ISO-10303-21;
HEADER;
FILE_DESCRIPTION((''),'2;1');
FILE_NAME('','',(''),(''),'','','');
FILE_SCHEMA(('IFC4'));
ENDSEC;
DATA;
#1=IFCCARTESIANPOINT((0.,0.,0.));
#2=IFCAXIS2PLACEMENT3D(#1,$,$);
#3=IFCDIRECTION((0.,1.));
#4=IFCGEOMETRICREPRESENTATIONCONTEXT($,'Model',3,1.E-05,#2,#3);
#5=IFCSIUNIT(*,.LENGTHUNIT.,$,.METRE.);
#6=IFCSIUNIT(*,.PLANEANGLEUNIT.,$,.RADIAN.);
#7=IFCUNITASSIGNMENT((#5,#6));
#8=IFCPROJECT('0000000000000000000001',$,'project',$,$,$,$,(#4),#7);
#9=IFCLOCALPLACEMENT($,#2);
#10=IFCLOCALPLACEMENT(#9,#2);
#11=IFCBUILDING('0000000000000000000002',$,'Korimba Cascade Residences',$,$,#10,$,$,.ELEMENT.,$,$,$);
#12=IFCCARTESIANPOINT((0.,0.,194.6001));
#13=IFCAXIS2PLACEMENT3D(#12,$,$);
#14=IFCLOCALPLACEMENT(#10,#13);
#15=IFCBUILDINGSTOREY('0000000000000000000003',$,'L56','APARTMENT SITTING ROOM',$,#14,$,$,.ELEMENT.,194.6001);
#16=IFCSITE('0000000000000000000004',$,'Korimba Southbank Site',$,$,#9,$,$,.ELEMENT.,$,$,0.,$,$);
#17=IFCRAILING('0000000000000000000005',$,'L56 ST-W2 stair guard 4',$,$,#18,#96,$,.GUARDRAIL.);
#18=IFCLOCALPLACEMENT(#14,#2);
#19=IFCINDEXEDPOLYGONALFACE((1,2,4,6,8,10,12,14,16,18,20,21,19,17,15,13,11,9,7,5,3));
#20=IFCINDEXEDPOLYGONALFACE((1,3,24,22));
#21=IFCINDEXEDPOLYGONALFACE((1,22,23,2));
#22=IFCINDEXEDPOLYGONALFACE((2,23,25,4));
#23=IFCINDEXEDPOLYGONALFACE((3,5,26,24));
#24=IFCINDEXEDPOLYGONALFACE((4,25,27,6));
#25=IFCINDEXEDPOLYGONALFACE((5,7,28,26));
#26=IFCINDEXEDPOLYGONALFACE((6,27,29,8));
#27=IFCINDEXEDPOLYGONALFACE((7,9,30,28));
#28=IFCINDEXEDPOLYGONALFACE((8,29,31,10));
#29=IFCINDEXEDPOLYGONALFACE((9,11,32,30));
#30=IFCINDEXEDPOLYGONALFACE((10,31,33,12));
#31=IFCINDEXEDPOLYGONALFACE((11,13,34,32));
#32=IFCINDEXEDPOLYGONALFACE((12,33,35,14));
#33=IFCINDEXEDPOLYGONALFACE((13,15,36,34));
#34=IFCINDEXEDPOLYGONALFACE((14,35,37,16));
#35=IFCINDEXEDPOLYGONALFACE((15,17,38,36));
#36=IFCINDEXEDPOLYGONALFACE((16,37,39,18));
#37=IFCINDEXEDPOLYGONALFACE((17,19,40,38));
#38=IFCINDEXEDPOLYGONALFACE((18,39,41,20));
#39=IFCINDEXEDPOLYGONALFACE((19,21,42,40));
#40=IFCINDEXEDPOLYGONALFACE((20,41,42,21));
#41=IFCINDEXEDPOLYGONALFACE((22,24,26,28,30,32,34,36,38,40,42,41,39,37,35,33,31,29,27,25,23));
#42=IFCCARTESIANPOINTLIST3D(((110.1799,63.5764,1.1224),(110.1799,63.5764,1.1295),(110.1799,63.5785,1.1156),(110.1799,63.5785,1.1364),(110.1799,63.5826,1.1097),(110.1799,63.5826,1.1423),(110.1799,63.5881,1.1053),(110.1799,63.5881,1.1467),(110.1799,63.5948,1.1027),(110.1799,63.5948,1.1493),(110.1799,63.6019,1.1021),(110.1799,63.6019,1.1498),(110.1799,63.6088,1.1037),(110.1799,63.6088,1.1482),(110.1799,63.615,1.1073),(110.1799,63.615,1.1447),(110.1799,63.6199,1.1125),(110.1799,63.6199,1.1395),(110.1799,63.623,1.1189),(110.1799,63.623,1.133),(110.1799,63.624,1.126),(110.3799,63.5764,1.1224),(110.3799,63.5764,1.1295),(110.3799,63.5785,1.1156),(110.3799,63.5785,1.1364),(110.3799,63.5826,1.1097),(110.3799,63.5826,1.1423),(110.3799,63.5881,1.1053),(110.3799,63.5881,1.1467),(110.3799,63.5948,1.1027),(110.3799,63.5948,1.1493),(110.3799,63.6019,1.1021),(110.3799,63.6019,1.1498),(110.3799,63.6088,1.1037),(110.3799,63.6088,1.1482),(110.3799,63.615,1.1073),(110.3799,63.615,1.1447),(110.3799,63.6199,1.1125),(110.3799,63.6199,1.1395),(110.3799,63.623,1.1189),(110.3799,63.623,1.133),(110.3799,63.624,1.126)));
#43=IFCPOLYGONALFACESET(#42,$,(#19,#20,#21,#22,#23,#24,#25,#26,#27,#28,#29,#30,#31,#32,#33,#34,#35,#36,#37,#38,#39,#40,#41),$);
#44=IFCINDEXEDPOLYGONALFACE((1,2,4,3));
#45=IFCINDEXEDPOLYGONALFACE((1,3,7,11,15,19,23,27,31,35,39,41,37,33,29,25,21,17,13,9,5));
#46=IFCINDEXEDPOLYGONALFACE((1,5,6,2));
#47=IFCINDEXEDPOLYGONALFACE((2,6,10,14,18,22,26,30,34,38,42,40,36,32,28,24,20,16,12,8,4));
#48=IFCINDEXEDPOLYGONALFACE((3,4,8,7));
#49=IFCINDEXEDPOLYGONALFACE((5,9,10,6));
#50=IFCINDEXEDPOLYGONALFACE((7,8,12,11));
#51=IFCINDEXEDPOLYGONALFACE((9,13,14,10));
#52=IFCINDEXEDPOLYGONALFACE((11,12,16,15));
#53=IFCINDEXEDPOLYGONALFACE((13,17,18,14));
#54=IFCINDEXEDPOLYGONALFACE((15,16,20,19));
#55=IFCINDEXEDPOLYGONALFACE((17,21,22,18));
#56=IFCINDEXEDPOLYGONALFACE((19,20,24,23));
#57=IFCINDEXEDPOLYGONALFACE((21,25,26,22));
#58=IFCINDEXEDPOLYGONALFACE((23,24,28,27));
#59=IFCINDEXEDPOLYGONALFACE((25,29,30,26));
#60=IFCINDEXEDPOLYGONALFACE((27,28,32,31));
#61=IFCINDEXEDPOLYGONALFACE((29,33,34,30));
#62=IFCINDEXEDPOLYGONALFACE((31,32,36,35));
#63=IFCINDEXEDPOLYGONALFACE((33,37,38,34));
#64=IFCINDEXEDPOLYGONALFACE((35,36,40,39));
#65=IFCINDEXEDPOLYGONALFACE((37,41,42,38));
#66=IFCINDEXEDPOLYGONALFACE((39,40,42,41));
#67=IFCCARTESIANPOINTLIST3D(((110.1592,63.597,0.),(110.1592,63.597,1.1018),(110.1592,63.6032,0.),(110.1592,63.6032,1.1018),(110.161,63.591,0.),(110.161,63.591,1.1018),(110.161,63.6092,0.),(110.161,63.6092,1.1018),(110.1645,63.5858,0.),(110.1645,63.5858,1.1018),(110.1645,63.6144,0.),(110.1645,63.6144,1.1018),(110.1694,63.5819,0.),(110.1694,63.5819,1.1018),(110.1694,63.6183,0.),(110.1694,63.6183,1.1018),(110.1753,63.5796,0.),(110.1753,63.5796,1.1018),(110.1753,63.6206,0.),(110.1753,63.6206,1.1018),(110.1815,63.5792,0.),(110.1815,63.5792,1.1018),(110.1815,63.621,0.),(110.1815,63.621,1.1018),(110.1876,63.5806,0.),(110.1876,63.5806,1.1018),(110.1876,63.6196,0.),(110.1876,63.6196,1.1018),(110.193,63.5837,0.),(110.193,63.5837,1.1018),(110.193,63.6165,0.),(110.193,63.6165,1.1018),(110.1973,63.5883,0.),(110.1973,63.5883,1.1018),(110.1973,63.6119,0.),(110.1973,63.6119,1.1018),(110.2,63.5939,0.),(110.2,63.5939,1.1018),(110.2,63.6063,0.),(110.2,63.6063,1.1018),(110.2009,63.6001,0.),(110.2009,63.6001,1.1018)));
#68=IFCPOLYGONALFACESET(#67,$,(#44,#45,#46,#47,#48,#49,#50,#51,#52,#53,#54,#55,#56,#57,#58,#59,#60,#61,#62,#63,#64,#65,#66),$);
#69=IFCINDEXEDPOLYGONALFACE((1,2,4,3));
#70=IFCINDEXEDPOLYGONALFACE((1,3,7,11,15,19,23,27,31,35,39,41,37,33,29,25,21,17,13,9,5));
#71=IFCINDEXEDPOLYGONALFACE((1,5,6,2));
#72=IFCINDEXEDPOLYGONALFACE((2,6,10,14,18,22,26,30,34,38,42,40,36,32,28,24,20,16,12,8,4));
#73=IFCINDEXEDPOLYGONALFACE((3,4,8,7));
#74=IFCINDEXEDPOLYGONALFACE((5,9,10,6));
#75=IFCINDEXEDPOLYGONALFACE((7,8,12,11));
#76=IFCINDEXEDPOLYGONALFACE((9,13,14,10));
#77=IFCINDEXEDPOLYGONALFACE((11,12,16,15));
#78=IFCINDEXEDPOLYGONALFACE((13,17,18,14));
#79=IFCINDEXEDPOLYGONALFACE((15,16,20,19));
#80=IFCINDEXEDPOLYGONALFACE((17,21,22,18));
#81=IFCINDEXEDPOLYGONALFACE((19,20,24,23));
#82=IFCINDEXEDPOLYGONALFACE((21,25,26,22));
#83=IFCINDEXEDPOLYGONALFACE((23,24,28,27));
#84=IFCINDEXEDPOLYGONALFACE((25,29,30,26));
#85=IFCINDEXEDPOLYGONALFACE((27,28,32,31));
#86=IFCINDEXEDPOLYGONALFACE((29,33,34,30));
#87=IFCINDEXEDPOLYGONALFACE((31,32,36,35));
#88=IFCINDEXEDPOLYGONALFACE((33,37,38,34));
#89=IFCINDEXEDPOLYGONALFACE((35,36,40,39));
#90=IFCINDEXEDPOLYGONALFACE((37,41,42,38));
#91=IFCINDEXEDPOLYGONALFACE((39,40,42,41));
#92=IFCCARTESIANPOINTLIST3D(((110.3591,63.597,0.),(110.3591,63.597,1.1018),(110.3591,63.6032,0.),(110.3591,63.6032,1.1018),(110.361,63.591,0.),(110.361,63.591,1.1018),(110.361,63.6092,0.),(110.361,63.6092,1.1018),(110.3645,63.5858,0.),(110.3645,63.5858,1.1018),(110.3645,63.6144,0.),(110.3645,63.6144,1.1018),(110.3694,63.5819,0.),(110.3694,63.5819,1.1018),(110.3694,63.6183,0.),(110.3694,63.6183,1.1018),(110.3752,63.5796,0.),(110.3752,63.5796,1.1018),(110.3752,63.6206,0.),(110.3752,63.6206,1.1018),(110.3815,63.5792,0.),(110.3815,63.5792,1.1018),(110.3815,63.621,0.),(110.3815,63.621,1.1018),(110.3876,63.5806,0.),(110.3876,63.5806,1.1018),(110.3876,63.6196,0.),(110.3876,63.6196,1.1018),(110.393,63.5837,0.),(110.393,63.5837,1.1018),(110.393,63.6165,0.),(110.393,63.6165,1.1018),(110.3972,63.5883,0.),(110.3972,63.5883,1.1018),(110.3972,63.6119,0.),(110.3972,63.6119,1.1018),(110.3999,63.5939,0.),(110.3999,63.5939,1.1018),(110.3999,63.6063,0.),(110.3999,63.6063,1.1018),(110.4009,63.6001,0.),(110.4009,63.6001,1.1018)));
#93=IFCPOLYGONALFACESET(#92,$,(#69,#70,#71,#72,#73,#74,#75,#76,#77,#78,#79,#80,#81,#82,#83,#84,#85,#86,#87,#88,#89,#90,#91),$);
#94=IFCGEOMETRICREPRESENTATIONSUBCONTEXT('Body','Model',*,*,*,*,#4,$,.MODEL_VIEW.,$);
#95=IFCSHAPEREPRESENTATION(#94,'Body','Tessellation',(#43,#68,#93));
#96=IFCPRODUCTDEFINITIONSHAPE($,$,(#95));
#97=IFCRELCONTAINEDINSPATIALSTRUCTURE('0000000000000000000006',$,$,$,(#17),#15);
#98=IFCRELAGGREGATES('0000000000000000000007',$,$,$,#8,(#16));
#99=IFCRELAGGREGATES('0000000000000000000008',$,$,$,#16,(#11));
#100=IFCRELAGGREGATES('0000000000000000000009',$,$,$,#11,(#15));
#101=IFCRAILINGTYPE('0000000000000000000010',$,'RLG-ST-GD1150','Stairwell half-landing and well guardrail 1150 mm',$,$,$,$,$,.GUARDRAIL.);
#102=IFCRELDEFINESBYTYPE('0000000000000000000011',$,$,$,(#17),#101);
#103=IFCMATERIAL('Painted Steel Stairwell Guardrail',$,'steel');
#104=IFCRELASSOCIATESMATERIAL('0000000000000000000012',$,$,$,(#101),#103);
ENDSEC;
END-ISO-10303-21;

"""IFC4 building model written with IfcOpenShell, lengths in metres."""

from ifc_helpers import new_model, si_unit, direction, frame, origin, origin_2d, place, context, subcontext, project, spatial, circle, extrude, material, type_object, element, save


model = new_model("IFC4")

# Units and contexts
model_context = context("Model", 3, precision=1e-05, world=origin(), true_north=direction((0.0, 1.0)))
body_context = subcontext(model_context, "Body", "Model", "MODEL_VIEW")
ifc_project = project(units=[si_unit("LENGTHUNIT", "METRE"), si_unit("PLANEANGLEUNIT", "RADIAN")], contexts=[model_context])

# Site, building, storey
site_placement = place(None, origin())
site = spatial("IfcSite", under=ifc_project, at=site_placement, Name="Korimba Southbank Site", CompositionType="ELEMENT", RefElevation=0.0)
building_placement = place(site_placement, origin())
building = spatial("IfcBuilding", under=site, at=building_placement, Name="Korimba Cascade Residences", CompositionType="ELEMENT")
storey_placement = place(building_placement, frame((0.0, 0.0, 194.6001)))
storey = spatial("IfcBuildingStorey", under=building, at=storey_placement, Name="L56", Description="APARTMENT SITTING ROOM", CompositionType="ELEMENT", Elevation=194.6001)

# Railing
ifc_material_1 = material(Name="Painted Steel Stairwell Guardrail", Category="steel")
railing_type_1 = type_object("IfcRailingType", Name="RLG-ST-GD1150", Description="Stairwell half-landing and well guardrail 1150 mm", PredefinedType="GUARDRAIL", material=ifc_material_1)
railing_1_placement = place(storey_placement, frame((110.1799, 63.6001, 0.0)))
element("IfcRailing", 1, at=railing_1_placement, inside=storey, type_object=railing_type_1, Name="L56 ST-W2 stair guard 4", PredefinedType="GUARDRAIL", context=body_context, shape_type="SweptSolid", body=[
    extrude(circle(Radius=0.0239, at=origin_2d()), frame((0.0, 0.0, 1.126), z_axis=(1.0, 0.0, 0.0), x_axis=(0.0, 1.0, 0.0)), (0.0, 0.0, 1.0), 0.2),
    extrude(circle(Radius=0.021, at=origin_2d()), origin(), (0.0, 0.0, 1.0), 1.1018),
    extrude(circle(Radius=0.021, at=origin_2d()), frame((0.2, 0.0, 0.0)), (0.0, 0.0, 1.0), 1.1018),
])

save(model, "model.ifc")
